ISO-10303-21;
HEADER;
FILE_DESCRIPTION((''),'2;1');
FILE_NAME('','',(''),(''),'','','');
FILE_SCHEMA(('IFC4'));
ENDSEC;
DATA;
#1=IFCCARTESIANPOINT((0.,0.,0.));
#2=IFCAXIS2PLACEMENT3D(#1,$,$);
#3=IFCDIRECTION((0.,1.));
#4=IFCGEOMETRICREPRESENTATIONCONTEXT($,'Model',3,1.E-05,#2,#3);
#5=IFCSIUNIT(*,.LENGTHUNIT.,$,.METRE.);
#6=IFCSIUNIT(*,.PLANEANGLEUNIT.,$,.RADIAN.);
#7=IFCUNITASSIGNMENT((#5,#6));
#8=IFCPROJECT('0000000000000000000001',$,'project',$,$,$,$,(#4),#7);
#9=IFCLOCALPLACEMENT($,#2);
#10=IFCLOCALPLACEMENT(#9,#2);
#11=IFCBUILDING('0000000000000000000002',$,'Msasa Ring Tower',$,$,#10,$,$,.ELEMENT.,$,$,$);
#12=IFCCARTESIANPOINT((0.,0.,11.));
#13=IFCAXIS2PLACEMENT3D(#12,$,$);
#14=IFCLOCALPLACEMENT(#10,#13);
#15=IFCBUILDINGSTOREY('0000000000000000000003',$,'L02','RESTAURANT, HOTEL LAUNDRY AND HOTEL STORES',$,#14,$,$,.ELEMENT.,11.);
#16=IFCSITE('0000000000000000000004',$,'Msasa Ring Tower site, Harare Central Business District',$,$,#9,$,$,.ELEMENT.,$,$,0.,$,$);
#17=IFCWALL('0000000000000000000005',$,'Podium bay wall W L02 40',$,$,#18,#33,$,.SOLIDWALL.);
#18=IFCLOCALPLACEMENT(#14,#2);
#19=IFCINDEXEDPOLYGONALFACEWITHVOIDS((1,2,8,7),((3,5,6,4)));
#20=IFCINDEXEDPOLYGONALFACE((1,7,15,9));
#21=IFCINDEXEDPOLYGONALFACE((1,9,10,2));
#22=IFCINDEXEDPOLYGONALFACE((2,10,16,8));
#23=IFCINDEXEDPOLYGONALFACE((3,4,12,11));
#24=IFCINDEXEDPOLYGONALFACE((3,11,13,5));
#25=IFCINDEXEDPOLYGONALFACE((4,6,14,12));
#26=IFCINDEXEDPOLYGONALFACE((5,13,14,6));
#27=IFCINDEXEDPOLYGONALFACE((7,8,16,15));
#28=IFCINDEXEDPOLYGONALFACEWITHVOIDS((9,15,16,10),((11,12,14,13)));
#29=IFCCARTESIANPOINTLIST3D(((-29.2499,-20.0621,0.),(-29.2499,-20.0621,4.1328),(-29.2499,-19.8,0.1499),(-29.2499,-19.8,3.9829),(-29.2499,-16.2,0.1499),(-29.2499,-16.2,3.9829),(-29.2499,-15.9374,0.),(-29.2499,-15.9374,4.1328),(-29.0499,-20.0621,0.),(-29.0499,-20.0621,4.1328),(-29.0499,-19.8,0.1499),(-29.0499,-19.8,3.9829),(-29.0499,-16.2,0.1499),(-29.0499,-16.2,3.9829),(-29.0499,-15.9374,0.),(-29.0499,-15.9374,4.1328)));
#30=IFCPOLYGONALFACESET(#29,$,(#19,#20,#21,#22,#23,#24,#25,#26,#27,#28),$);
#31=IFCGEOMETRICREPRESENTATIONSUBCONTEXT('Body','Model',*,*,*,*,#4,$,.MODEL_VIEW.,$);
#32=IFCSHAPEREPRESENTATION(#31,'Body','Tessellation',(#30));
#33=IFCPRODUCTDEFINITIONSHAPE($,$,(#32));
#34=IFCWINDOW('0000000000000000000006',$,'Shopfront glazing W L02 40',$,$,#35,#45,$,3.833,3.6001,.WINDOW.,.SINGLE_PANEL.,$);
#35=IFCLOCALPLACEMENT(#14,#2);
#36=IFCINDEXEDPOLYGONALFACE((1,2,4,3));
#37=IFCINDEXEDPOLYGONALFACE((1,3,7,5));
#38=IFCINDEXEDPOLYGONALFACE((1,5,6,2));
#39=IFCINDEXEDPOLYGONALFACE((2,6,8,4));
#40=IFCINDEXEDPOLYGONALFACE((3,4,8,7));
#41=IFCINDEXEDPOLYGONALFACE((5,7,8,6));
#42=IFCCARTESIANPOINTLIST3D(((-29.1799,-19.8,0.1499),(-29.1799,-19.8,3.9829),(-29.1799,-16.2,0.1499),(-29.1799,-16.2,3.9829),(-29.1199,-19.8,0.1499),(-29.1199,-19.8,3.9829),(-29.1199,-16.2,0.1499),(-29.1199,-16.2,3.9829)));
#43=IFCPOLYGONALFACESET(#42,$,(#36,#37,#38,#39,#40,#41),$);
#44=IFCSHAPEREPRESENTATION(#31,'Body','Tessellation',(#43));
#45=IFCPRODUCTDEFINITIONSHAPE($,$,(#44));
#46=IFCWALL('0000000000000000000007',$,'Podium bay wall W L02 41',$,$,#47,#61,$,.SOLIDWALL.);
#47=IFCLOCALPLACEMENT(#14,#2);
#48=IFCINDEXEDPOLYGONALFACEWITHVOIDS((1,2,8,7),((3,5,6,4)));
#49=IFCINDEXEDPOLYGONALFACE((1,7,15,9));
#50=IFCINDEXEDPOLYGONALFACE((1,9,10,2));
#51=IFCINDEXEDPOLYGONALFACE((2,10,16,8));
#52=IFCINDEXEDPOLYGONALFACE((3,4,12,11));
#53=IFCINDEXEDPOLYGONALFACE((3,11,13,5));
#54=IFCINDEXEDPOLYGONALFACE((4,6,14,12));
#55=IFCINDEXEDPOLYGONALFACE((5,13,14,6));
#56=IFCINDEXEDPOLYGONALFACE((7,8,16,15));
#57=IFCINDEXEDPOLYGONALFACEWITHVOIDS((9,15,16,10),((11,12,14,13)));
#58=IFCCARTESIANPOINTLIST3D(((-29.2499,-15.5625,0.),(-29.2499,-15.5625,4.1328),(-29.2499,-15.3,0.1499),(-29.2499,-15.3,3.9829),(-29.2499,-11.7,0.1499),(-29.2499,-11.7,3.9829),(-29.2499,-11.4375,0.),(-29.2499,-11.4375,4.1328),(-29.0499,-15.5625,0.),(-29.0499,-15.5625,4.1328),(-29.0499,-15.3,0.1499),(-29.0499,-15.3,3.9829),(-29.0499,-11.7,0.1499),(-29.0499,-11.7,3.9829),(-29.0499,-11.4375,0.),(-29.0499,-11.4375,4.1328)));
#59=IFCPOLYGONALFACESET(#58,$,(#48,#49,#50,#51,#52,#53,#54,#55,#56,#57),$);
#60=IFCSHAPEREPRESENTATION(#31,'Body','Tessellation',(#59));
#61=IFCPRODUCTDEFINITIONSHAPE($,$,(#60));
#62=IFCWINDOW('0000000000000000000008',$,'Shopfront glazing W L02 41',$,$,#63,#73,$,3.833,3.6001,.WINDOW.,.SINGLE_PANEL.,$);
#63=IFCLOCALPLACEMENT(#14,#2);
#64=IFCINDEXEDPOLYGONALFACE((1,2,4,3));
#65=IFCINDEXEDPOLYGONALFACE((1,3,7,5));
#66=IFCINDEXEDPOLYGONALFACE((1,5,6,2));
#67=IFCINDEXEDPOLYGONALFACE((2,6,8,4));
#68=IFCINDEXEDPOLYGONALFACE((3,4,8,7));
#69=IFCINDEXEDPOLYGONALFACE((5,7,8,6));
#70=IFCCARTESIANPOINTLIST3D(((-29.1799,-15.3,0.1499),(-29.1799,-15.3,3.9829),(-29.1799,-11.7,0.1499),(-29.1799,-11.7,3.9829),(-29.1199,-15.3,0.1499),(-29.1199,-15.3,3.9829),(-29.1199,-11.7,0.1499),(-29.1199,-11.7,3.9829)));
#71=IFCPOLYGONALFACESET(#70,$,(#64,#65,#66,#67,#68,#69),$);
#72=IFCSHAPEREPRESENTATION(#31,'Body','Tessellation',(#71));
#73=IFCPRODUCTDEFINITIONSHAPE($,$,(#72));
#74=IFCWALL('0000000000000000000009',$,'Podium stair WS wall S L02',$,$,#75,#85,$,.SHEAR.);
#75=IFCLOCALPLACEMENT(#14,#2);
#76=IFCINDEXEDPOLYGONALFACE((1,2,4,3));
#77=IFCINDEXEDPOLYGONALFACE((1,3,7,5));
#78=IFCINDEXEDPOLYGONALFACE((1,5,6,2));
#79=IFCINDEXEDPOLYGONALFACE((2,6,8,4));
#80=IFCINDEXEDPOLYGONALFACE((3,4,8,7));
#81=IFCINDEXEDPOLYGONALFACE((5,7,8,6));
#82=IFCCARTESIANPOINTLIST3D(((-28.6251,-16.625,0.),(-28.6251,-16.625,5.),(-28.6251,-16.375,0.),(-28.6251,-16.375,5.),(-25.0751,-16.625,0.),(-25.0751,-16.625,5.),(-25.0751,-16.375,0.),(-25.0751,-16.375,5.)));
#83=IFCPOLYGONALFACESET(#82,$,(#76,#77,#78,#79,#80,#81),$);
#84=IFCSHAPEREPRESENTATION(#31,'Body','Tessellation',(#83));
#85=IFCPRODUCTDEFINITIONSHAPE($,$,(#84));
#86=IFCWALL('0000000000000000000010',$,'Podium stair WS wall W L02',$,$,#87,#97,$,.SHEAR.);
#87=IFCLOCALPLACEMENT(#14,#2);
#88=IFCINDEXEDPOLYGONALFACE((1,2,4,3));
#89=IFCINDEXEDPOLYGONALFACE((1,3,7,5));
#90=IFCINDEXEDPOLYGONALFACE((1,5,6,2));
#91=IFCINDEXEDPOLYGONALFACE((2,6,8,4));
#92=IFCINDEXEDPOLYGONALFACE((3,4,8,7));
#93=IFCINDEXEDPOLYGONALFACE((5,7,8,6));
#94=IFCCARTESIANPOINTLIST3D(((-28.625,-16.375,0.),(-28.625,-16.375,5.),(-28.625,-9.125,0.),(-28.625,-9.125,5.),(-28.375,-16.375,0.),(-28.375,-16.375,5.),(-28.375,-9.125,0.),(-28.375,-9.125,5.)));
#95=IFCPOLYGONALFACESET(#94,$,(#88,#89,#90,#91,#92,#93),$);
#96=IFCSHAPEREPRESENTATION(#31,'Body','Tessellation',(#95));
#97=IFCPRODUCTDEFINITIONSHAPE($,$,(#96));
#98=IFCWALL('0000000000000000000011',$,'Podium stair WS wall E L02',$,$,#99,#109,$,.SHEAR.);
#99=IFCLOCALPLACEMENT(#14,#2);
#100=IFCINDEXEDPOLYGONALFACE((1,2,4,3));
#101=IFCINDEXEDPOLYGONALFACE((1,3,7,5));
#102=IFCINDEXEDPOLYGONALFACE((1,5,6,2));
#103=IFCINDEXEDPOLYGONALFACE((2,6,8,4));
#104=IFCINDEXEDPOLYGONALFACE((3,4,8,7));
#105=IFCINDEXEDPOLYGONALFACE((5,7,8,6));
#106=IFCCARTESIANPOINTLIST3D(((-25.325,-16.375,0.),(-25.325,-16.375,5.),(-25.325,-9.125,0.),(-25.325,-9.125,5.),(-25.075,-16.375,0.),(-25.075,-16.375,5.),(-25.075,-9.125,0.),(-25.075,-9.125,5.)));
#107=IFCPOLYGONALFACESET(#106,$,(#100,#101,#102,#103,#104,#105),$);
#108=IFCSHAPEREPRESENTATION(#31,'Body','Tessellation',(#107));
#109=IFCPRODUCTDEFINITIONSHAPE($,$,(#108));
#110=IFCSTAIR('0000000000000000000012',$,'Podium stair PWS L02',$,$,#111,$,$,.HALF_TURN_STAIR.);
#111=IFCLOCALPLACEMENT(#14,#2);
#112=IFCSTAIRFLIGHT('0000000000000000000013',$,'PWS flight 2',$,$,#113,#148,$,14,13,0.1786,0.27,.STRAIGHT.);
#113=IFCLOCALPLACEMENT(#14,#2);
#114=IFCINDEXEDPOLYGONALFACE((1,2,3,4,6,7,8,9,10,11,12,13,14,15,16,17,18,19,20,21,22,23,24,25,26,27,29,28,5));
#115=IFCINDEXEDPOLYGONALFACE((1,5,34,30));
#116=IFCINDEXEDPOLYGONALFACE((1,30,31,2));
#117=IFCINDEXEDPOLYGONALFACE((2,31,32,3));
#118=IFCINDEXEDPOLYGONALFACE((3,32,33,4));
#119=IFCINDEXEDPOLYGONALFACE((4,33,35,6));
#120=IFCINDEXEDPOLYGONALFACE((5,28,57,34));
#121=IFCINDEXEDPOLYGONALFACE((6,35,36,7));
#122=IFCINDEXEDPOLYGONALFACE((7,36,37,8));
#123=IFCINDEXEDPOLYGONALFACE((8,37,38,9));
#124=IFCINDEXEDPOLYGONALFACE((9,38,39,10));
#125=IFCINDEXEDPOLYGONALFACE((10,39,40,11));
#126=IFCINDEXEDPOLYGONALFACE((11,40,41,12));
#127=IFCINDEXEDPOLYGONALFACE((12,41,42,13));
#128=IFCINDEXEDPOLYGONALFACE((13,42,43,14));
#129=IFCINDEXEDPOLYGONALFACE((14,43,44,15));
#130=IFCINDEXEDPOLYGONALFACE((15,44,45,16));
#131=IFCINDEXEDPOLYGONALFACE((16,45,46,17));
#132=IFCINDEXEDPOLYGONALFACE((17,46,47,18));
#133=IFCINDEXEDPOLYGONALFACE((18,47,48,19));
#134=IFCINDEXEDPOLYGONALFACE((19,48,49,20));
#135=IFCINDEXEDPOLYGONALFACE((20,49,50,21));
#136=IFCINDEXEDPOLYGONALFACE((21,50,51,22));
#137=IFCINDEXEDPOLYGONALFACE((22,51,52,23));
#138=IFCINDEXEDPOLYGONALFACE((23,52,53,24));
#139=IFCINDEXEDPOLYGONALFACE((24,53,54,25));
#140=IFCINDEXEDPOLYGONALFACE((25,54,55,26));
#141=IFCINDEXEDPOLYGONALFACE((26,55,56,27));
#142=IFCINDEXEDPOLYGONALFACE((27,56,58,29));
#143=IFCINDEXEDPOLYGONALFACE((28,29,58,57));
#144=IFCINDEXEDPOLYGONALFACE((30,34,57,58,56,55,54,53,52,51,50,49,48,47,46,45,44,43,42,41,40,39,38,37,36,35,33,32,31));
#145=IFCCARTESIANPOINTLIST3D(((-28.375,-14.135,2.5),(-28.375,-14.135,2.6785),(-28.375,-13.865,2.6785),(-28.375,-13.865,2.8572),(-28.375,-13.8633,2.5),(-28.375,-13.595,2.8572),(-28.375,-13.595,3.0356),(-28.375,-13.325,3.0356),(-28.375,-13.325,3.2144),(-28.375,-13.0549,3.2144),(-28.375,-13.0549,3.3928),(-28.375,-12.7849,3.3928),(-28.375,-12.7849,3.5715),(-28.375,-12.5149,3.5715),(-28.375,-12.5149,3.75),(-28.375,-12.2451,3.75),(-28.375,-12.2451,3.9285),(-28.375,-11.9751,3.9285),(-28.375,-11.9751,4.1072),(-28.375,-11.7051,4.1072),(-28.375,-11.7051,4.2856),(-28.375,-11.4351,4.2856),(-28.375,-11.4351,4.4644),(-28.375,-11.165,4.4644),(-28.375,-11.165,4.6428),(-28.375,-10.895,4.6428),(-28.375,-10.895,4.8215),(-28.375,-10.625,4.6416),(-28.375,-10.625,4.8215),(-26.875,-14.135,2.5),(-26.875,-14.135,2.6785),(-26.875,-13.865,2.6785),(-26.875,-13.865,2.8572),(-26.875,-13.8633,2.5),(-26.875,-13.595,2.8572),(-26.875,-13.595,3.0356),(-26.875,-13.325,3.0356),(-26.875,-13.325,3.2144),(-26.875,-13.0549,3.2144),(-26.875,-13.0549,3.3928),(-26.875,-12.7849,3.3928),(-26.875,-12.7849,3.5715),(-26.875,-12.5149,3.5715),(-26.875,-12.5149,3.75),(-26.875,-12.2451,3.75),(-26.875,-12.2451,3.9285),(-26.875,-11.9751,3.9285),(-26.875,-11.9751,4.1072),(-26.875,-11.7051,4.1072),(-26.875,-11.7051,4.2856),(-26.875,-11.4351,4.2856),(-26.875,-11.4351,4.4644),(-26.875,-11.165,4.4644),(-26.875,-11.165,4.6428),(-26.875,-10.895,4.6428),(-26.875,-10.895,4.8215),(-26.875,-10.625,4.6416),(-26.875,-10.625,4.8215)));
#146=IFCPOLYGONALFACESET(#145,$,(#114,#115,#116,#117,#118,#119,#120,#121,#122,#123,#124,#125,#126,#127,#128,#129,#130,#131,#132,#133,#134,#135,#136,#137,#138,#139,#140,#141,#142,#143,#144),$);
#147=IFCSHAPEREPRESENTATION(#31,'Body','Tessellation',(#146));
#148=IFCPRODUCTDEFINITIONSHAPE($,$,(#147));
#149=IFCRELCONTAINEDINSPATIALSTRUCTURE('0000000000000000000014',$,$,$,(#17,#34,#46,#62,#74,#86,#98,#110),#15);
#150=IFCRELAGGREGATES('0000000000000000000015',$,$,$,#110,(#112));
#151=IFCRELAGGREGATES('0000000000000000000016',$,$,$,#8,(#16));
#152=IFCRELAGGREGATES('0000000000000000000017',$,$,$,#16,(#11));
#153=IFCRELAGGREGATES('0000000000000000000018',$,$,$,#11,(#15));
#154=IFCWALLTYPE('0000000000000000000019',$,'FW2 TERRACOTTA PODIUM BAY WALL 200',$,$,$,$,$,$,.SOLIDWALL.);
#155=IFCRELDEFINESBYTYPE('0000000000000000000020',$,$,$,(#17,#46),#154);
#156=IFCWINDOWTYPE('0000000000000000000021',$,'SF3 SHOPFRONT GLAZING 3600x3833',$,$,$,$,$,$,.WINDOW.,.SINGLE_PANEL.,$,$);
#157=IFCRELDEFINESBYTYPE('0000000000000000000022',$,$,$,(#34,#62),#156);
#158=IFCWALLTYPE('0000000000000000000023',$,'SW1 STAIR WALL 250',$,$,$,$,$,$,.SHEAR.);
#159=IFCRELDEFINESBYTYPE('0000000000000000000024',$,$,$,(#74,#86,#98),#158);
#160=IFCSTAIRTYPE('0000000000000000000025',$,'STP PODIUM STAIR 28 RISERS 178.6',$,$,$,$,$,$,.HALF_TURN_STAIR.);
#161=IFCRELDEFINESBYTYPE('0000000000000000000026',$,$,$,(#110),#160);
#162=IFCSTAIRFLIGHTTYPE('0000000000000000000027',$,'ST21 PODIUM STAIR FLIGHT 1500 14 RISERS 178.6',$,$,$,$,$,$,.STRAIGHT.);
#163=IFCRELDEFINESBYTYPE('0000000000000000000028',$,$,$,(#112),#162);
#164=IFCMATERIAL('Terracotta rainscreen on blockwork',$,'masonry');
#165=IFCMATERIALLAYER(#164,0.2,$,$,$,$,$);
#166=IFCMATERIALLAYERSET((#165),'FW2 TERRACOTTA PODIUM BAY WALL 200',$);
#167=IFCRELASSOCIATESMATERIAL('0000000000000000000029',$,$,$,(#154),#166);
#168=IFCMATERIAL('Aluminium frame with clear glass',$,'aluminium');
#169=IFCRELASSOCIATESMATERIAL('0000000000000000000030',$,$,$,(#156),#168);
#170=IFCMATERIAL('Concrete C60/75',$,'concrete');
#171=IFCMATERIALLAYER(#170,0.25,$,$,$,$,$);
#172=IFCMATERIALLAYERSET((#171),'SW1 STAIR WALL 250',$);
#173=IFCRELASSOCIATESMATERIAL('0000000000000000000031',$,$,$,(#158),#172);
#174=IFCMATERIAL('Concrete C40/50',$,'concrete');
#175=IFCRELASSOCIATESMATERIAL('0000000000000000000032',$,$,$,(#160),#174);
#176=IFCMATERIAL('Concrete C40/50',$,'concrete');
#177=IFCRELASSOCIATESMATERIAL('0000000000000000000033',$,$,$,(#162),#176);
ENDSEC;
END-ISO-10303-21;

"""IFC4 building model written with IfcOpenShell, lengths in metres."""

from ifc_helpers import new_model, si_unit, direction, frame, frame_2d, origin, place, context, subcontext, project, spatial, polyline, rectangle, outline, extrude, material, layer, layer_set, type_object, element, fill, aggregate, save


model = new_model("IFC4")

# Units and contexts
model_context = context("Model", 3, precision=1e-05, world=origin(), true_north=direction((0.0, 1.0)))
body_context = subcontext(model_context, "Body", "Model", "MODEL_VIEW")
ifc_project = project(units=[si_unit("LENGTHUNIT", "METRE"), si_unit("PLANEANGLEUNIT", "RADIAN")], contexts=[model_context])

# Site, building, storey
site_placement = place(None, origin())
site = spatial("IfcSite", under=ifc_project, at=site_placement, Name="Msasa Ring Tower site, Harare Central Business District", CompositionType="ELEMENT", RefElevation=0.0)
building_placement = place(site_placement, origin())
building = spatial("IfcBuilding", under=site, at=building_placement, Name="Msasa Ring Tower", CompositionType="ELEMENT")
storey_placement = place(building_placement, frame((0.0, 0.0, 11.0)))
storey = spatial("IfcBuildingStorey", under=building, at=storey_placement, Name="L02", Description="RESTAURANT, HOTEL LAUNDRY AND HOTEL STORES", CompositionType="ELEMENT", Elevation=11.0)

# Walls, openings, windows
ifc_material_1 = material(Name="Terracotta rainscreen on blockwork", Category="masonry")
ifc_layer_1 = layer(ifc_material_1, 0.2)
ifc_layer_set_1 = layer_set([ifc_layer_1], Name="FW2 TERRACOTTA PODIUM BAY WALL 200")
wall_type_1 = type_object("IfcWallType", Name="FW2 TERRACOTTA PODIUM BAY WALL 200", PredefinedType="SOLIDWALL", material=ifc_layer_set_1)
wall_1_placement = place(storey_placement, frame((-29.1499, -20.0623, 0.0), z_axis=(0.0, 0.0, 1.0), x_axis=(0.0, 1.0, 0.0)))
wall_1 = element("IfcWall", 1, at=wall_1_placement, inside=storey, type_object=wall_type_1, Name="Podium bay wall W L02 40", PredefinedType="SOLIDWALL", context=body_context, shape_type="SweptSolid", body=[
    extrude(rectangle(XDim=4.1248, YDim=0.2, at=frame_2d((2.0625, 0.0))), origin(), (0.0, 0.0, 1.0), 4.1328),
])
opening_1_placement = place(wall_1_placement, frame((0.2622, 0.0, 0.1499)))
opening_1 = element("IfcOpeningElement", 2, at=opening_1_placement, cuts=wall_1, PredefinedType="OPENING", context=body_context, shape_type="SweptSolid", body=[
    extrude(rectangle(XDim=3.6001, YDim=3.833, at=frame_2d((1.8, 1.9165))), frame((0.0, 0.1099, 0.0), z_axis=(0.0, -1.0, 0.0), x_axis=(1.0, 0.0, 0.0)), (0.0, 0.0, 1.0), 0.22),
])
ifc_material_2 = material(Name="Aluminium frame with clear glass", Category="aluminium")
window_type = type_object("IfcWindowType", Name="SF3 SHOPFRONT GLAZING 3600x3833", PartitioningType="SINGLE_PANEL", PredefinedType="WINDOW", material=ifc_material_2)
window_1_placement = place(opening_1_placement, origin())
window_1 = element("IfcWindow", 3, at=window_1_placement, inside=storey, type_object=window_type, Name="Shopfront glazing W L02 40", OverallHeight=3.833, OverallWidth=3.6001, PartitioningType="SINGLE_PANEL", PredefinedType="WINDOW", context=body_context, shape_type="SweptSolid", body=[
    extrude(rectangle(XDim=3.6001, YDim=3.833, at=frame_2d((1.8, 1.9165))), frame((0.0, 0.03, 0.0), z_axis=(0.0, -1.0, 0.0), x_axis=(1.0, 0.0, 0.0)), (0.0, 0.0, 1.0), 0.0601),
])
fill(opening_1, window_1)
wall_2_placement = place(storey_placement, frame((-29.1499, -15.5625, 0.0), z_axis=(0.0, 0.0, 1.0), x_axis=(0.0, 1.0, 0.0)))
wall_2 = element("IfcWall", 4, at=wall_2_placement, inside=storey, type_object=wall_type_1, Name="Podium bay wall W L02 41", PredefinedType="SOLIDWALL", context=body_context, shape_type="SweptSolid", body=[
    extrude(rectangle(XDim=4.125, YDim=0.2, at=frame_2d((2.0625, 0.0))), origin(), (0.0, 0.0, 1.0), 4.1328),
])
opening_2_placement = place(wall_2_placement, frame((0.2625, 0.0, 0.1499)))
opening_2 = element("IfcOpeningElement", 5, at=opening_2_placement, cuts=wall_2, PredefinedType="OPENING", context=body_context, shape_type="SweptSolid", body=[
    extrude(rectangle(XDim=3.6001, YDim=3.833, at=frame_2d((1.8, 1.9165))), frame((0.0, 0.1099, 0.0), z_axis=(0.0, -1.0, 0.0), x_axis=(1.0, 0.0, 0.0)), (0.0, 0.0, 1.0), 0.22),
])
window_2_placement = place(opening_2_placement, origin())
window_2 = element("IfcWindow", 6, at=window_2_placement, inside=storey, type_object=window_type, Name="Shopfront glazing W L02 41", OverallHeight=3.833, OverallWidth=3.6001, PartitioningType="SINGLE_PANEL", PredefinedType="WINDOW", context=body_context, shape_type="SweptSolid", body=[
    extrude(rectangle(XDim=3.6001, YDim=3.833, at=frame_2d((1.8, 1.9165))), frame((0.0, 0.03, 0.0), z_axis=(0.0, -1.0, 0.0), x_axis=(1.0, 0.0, 0.0)), (0.0, 0.0, 1.0), 0.0601),
])
fill(opening_2, window_2)

# Walls
ifc_material_3 = material(Name="Concrete C60/75", Category="concrete")
ifc_layer_2 = layer(ifc_material_3, 0.25)
ifc_layer_set_2 = layer_set([ifc_layer_2], Name="SW1 STAIR WALL 250")
wall_type_2 = type_object("IfcWallType", Name="SW1 STAIR WALL 250", PredefinedType="SHEAR", material=ifc_layer_set_2)
wall_3_placement = place(storey_placement, frame((-28.625, -16.5, 0.0), z_axis=(0.0, 0.0, 1.0), x_axis=(1.0, 0.0, 0.0)))
element("IfcWall", 7, at=wall_3_placement, inside=storey, type_object=wall_type_2, Name="Podium stair WS wall S L02", PredefinedType="SHEAR", context=body_context, shape_type="SweptSolid", body=[
    extrude(rectangle(XDim=3.55, YDim=0.25, at=frame_2d((1.7749, 0.0))), origin(), (0.0, 0.0, 1.0), 5.0),
])
for number, where, z_axis, x_axis, name in (
    (8, (-28.5, -16.375, 0.0), (0.0, 0.0, 1.0), (0.0, 1.0, 0.0), "Podium stair WS wall W L02"),
    (9, (-25.2, -16.375, 0.0), (0.0, 0.0, 1.0), (0.0, 1.0, 0.0), "Podium stair WS wall E L02"),
):
    element("IfcWall", number, at=place(storey_placement, frame(where, z_axis=z_axis, x_axis=x_axis)), inside=storey, type_object=wall_type_2, Name=name, PredefinedType="SHEAR", context=body_context, shape_type="SweptSolid", body=[
        extrude(rectangle(XDim=7.25, YDim=0.25, at=frame_2d((3.625, 0.0))), origin(), (0.0, 0.0, 1.0), 5.0),
    ])

# Stair, stair flight
ifc_material_4 = material(Name="Concrete C40/50", Category="concrete")
stair_type = type_object("IfcStairType", Name="STP PODIUM STAIR 28 RISERS 178.6", PredefinedType="HALF_TURN_STAIR", material=ifc_material_4)
stair_placement = place(storey_placement, origin())
stair = element("IfcStair", 10, at=stair_placement, inside=storey, type_object=stair_type, Name="Podium stair PWS L02", PredefinedType="HALF_TURN_STAIR")
ifc_material_5 = material(Name="Concrete C40/50", Category="concrete")
stair_flight_type = type_object("IfcStairFlightType", Name="ST21 PODIUM STAIR FLIGHT 1500 14 RISERS 178.6", PredefinedType="STRAIGHT", material=ifc_material_5)
stair_flight_placement = place(storey_placement, frame((-27.625, -14.135, 2.5), z_axis=(0.0, 0.0, 1.0), x_axis=(0.0, 1.0, 0.0)))
stair_flight = element("IfcStairFlight", 11, at=stair_flight_placement, type_object=stair_flight_type, Name="PWS flight 2", NumberOfRisers=14, NumberOfTreads=13, PredefinedType="STRAIGHT", RiserHeight=0.1786, TreadLength=0.27, context=body_context, shape_type="SweptSolid", body=[
    extrude(outline(polyline([(0.0, 0.0), (0.0, 0.1785), (0.27, 0.1785), (0.27, 0.3572), (0.54, 0.3572), (0.54, 0.5356), (0.8101, 0.5356), (0.8101, 0.7144), (1.0801, 0.7144), (1.0801, 0.8928), (1.3501, 0.8928), (1.3501, 1.0715), (1.6201, 1.0715), (1.6201, 1.25), (1.8899, 1.25), (1.8899, 1.4285), (2.1599, 1.4285), (2.1599, 1.6072), (2.4299, 1.6072), (2.4299, 1.7856), (2.7, 1.7856), (2.7, 1.9644), (2.97, 1.9644), (2.97, 2.1428), (3.24, 2.1428), (3.24, 2.3215), (3.51, 2.3215), (3.51, 2.5), (3.51, 2.1416), (0.2717, 0.0), (0.0, 0.0)])), frame((0.0, 0.75, 0.0), z_axis=(0.0, -1.0, 0.0), x_axis=(1.0, 0.0, 0.0)), (0.0, 0.0, 1.0), 1.5),
])
aggregate(stair, [stair_flight])

save(model, "model.ifc")
